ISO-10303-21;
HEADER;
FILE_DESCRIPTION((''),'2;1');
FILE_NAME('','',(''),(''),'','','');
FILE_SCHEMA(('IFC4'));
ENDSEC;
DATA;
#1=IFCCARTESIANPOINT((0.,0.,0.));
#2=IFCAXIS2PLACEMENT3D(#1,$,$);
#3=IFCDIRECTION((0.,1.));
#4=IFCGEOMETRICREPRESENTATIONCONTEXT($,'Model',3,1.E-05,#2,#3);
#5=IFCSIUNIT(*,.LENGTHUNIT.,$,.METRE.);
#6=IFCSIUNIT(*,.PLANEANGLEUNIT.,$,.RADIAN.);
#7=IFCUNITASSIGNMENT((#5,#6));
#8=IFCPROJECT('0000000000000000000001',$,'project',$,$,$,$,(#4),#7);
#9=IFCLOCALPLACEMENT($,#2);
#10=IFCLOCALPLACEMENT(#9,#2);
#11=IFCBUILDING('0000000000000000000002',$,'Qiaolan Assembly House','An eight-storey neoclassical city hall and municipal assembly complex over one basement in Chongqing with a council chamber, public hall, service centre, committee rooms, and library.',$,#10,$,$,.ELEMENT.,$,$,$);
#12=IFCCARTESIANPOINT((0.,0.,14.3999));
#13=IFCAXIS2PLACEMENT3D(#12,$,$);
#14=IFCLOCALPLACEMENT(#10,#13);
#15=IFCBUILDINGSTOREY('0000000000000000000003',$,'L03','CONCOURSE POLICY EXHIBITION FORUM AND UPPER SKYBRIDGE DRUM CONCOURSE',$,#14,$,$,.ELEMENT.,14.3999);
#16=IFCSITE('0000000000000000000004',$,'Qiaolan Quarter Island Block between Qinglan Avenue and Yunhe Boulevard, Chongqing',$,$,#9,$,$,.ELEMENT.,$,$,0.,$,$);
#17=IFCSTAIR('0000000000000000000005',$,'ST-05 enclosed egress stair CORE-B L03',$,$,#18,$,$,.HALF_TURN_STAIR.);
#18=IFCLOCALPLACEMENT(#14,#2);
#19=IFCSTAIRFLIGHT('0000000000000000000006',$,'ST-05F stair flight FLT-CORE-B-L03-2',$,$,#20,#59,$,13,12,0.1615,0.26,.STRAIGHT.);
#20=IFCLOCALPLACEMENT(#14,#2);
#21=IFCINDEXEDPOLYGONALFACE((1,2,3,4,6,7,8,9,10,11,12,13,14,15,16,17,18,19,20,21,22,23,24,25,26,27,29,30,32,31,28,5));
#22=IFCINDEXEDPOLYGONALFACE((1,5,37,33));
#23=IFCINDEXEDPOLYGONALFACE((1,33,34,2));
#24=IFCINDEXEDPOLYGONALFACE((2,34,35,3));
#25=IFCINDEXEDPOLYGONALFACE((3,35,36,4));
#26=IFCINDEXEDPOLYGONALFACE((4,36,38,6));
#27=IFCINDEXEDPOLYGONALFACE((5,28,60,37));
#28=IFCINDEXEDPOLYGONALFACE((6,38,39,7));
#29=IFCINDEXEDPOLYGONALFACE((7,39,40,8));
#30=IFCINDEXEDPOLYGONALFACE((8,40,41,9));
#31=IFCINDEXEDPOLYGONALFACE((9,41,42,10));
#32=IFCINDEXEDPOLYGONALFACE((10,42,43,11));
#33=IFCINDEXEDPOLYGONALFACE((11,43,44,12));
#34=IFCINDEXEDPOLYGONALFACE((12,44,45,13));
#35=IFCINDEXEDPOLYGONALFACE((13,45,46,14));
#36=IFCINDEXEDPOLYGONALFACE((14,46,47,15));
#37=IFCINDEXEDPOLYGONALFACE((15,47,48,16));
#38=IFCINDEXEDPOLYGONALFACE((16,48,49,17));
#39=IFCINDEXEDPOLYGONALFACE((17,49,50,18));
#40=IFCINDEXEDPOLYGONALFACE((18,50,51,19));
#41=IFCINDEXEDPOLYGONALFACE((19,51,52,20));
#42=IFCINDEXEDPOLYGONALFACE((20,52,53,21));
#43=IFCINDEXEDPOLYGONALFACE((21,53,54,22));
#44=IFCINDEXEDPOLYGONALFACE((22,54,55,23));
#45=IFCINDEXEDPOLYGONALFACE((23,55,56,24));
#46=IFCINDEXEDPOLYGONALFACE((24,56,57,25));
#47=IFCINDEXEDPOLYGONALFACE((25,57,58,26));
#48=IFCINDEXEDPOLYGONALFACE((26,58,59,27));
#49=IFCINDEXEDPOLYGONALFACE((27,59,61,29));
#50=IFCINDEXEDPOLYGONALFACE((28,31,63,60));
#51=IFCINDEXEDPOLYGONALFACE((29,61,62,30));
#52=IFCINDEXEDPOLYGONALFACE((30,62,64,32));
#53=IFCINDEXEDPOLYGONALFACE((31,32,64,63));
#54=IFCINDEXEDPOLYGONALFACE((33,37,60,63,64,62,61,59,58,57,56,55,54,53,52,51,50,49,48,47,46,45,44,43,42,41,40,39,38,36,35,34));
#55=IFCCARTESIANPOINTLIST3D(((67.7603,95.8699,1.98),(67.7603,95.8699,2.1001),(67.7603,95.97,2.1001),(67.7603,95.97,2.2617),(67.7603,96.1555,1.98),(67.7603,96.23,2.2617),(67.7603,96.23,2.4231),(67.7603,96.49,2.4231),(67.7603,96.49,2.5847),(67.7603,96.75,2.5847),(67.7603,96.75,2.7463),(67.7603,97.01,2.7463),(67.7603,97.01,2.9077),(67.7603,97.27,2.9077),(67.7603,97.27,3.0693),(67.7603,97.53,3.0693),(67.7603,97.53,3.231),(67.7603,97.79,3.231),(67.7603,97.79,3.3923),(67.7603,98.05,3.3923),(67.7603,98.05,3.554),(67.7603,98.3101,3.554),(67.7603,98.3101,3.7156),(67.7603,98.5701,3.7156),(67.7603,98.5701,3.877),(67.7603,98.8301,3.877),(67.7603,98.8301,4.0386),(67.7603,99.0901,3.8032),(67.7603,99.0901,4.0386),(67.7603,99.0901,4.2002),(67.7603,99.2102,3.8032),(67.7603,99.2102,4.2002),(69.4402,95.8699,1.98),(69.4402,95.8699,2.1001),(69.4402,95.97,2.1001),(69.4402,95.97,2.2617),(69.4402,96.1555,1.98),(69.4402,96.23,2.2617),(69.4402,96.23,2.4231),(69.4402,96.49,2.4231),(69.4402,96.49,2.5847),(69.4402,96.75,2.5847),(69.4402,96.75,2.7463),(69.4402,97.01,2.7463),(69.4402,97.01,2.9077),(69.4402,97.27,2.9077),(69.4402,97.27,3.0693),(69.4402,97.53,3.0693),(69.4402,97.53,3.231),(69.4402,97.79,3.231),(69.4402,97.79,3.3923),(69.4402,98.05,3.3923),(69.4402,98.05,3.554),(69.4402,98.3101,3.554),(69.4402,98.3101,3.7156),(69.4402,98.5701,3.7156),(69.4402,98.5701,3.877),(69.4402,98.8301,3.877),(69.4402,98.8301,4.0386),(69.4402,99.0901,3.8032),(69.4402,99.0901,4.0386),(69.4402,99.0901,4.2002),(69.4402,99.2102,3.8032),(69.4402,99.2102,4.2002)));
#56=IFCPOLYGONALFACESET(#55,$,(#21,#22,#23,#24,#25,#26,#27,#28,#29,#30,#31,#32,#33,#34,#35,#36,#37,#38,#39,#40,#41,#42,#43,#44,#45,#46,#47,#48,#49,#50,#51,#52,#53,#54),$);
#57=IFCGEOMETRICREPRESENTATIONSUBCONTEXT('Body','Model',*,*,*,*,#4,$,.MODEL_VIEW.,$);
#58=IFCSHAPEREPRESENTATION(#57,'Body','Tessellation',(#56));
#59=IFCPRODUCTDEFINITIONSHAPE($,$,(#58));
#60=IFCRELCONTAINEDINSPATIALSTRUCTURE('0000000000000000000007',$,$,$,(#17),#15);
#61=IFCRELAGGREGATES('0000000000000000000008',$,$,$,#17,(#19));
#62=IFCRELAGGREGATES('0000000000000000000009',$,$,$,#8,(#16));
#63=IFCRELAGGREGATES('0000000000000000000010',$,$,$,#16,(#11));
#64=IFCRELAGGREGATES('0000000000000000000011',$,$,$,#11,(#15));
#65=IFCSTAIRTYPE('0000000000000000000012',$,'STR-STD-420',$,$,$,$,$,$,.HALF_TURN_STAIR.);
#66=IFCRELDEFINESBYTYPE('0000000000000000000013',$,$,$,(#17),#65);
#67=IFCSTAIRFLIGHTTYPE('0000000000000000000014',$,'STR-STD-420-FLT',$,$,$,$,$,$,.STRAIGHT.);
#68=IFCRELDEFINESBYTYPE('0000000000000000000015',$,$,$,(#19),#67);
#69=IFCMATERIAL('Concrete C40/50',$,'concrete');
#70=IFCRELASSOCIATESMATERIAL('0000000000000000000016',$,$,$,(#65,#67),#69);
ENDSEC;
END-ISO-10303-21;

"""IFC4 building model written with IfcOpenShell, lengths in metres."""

from ifc_helpers import new_model, si_unit, direction, frame, origin, place, context, subcontext, project, spatial, polyline, outline, extrude, material, type_object, element, aggregate, save


model = new_model("IFC4")

# Units and contexts
model_context = context("Model", 3, precision=1e-05, world=origin(), true_north=direction((0.0, 1.0)))
body_context = subcontext(model_context, "Body", "Model", "MODEL_VIEW")
ifc_project = project(units=[si_unit("LENGTHUNIT", "METRE"), si_unit("PLANEANGLEUNIT", "RADIAN")], contexts=[model_context])

# Site, building, storey
site_placement = place(None, origin())
site = spatial("IfcSite", under=ifc_project, at=site_placement, Name="Qiaolan Quarter Island Block between Qinglan Avenue and Yunhe Boulevard, Chongqing", CompositionType="ELEMENT", RefElevation=0.0)
building_placement = place(site_placement, origin())
building = spatial("IfcBuilding", under=site, at=building_placement, Name="Qiaolan Assembly House", Description="An eight-storey neoclassical city hall and municipal assembly complex over one basement in Chongqing with a council chamber, public hall, service centre, committee rooms, and library.", CompositionType="ELEMENT")
storey_placement = place(building_placement, frame((0.0, 0.0, 14.3999)))
storey = spatial("IfcBuildingStorey", under=building, at=storey_placement, Name="L03", Description="CONCOURSE POLICY EXHIBITION FORUM AND UPPER SKYBRIDGE DRUM CONCOURSE", CompositionType="ELEMENT", Elevation=14.3999)

# Shared definitions
ifc_material_1 = material(Name="Concrete C40/50", Category="concrete")

# Stair, stair flight
stair_type = type_object("IfcStairType", Name="STR-STD-420", PredefinedType="HALF_TURN_STAIR", material=ifc_material_1)
stair_placement = place(storey_placement, origin())
stair = element("IfcStair", 1, at=stair_placement, inside=storey, type_object=stair_type, Name="ST-05 enclosed egress stair CORE-B L03", PredefinedType="HALF_TURN_STAIR")
stair_flight_type = type_object("IfcStairFlightType", Name="STR-STD-420-FLT", PredefinedType="STRAIGHT", material=ifc_material_1)
stair_flight_1_placement = place(storey_placement, frame((68.6001, 95.97, 2.1001), z_axis=(0.0, 0.0, 1.0), x_axis=(0.0, 1.0, 0.0)))
stair_flight_1 = element("IfcStairFlight", 2, at=stair_flight_1_placement, type_object=stair_flight_type, Name="ST-05F stair flight FLT-CORE-B-L03-2", NumberOfRisers=13, NumberOfTreads=12, PredefinedType="STRAIGHT", RiserHeight=0.1615, TreadLength=0.26, context=body_context, shape_type="SweptSolid", body=[
    extrude(outline(polyline([(-0.1001, -0.1201), (-0.1001, 0.0), (0.0, 0.0), (0.0, 0.1616), (0.26, 0.1616), (0.26, 0.323), (0.52, 0.323), (0.52, 0.4846), (0.78, 0.4846), (0.78, 0.6462), (1.04, 0.6462), (1.04, 0.8076), (1.3, 0.8076), (1.3, 0.9692), (1.5601, 0.9692), (1.5601, 1.1309), (1.8201, 1.1309), (1.8201, 1.2922), (2.0801, 1.2922), (2.0801, 1.4539), (2.3401, 1.4539), (2.3401, 1.6155), (2.6001, 1.6155), (2.6001, 1.7769), (2.8601, 1.7769), (2.8601, 1.9385), (3.1201, 1.9385), (3.1201, 2.1001), (3.2402, 2.1001), (3.2402, 1.7031), (3.1201, 1.7031), (0.1855, -0.1201), (-0.1001, -0.1201)])), frame((0.0, 0.8398, 0.0), z_axis=(0.0, -1.0, 0.0), x_axis=(1.0, 0.0, 0.0)), (0.0, 0.0, 1.0), 1.6799),
])
aggregate(stair, [stair_flight_1])

save(model, "model.ifc")
